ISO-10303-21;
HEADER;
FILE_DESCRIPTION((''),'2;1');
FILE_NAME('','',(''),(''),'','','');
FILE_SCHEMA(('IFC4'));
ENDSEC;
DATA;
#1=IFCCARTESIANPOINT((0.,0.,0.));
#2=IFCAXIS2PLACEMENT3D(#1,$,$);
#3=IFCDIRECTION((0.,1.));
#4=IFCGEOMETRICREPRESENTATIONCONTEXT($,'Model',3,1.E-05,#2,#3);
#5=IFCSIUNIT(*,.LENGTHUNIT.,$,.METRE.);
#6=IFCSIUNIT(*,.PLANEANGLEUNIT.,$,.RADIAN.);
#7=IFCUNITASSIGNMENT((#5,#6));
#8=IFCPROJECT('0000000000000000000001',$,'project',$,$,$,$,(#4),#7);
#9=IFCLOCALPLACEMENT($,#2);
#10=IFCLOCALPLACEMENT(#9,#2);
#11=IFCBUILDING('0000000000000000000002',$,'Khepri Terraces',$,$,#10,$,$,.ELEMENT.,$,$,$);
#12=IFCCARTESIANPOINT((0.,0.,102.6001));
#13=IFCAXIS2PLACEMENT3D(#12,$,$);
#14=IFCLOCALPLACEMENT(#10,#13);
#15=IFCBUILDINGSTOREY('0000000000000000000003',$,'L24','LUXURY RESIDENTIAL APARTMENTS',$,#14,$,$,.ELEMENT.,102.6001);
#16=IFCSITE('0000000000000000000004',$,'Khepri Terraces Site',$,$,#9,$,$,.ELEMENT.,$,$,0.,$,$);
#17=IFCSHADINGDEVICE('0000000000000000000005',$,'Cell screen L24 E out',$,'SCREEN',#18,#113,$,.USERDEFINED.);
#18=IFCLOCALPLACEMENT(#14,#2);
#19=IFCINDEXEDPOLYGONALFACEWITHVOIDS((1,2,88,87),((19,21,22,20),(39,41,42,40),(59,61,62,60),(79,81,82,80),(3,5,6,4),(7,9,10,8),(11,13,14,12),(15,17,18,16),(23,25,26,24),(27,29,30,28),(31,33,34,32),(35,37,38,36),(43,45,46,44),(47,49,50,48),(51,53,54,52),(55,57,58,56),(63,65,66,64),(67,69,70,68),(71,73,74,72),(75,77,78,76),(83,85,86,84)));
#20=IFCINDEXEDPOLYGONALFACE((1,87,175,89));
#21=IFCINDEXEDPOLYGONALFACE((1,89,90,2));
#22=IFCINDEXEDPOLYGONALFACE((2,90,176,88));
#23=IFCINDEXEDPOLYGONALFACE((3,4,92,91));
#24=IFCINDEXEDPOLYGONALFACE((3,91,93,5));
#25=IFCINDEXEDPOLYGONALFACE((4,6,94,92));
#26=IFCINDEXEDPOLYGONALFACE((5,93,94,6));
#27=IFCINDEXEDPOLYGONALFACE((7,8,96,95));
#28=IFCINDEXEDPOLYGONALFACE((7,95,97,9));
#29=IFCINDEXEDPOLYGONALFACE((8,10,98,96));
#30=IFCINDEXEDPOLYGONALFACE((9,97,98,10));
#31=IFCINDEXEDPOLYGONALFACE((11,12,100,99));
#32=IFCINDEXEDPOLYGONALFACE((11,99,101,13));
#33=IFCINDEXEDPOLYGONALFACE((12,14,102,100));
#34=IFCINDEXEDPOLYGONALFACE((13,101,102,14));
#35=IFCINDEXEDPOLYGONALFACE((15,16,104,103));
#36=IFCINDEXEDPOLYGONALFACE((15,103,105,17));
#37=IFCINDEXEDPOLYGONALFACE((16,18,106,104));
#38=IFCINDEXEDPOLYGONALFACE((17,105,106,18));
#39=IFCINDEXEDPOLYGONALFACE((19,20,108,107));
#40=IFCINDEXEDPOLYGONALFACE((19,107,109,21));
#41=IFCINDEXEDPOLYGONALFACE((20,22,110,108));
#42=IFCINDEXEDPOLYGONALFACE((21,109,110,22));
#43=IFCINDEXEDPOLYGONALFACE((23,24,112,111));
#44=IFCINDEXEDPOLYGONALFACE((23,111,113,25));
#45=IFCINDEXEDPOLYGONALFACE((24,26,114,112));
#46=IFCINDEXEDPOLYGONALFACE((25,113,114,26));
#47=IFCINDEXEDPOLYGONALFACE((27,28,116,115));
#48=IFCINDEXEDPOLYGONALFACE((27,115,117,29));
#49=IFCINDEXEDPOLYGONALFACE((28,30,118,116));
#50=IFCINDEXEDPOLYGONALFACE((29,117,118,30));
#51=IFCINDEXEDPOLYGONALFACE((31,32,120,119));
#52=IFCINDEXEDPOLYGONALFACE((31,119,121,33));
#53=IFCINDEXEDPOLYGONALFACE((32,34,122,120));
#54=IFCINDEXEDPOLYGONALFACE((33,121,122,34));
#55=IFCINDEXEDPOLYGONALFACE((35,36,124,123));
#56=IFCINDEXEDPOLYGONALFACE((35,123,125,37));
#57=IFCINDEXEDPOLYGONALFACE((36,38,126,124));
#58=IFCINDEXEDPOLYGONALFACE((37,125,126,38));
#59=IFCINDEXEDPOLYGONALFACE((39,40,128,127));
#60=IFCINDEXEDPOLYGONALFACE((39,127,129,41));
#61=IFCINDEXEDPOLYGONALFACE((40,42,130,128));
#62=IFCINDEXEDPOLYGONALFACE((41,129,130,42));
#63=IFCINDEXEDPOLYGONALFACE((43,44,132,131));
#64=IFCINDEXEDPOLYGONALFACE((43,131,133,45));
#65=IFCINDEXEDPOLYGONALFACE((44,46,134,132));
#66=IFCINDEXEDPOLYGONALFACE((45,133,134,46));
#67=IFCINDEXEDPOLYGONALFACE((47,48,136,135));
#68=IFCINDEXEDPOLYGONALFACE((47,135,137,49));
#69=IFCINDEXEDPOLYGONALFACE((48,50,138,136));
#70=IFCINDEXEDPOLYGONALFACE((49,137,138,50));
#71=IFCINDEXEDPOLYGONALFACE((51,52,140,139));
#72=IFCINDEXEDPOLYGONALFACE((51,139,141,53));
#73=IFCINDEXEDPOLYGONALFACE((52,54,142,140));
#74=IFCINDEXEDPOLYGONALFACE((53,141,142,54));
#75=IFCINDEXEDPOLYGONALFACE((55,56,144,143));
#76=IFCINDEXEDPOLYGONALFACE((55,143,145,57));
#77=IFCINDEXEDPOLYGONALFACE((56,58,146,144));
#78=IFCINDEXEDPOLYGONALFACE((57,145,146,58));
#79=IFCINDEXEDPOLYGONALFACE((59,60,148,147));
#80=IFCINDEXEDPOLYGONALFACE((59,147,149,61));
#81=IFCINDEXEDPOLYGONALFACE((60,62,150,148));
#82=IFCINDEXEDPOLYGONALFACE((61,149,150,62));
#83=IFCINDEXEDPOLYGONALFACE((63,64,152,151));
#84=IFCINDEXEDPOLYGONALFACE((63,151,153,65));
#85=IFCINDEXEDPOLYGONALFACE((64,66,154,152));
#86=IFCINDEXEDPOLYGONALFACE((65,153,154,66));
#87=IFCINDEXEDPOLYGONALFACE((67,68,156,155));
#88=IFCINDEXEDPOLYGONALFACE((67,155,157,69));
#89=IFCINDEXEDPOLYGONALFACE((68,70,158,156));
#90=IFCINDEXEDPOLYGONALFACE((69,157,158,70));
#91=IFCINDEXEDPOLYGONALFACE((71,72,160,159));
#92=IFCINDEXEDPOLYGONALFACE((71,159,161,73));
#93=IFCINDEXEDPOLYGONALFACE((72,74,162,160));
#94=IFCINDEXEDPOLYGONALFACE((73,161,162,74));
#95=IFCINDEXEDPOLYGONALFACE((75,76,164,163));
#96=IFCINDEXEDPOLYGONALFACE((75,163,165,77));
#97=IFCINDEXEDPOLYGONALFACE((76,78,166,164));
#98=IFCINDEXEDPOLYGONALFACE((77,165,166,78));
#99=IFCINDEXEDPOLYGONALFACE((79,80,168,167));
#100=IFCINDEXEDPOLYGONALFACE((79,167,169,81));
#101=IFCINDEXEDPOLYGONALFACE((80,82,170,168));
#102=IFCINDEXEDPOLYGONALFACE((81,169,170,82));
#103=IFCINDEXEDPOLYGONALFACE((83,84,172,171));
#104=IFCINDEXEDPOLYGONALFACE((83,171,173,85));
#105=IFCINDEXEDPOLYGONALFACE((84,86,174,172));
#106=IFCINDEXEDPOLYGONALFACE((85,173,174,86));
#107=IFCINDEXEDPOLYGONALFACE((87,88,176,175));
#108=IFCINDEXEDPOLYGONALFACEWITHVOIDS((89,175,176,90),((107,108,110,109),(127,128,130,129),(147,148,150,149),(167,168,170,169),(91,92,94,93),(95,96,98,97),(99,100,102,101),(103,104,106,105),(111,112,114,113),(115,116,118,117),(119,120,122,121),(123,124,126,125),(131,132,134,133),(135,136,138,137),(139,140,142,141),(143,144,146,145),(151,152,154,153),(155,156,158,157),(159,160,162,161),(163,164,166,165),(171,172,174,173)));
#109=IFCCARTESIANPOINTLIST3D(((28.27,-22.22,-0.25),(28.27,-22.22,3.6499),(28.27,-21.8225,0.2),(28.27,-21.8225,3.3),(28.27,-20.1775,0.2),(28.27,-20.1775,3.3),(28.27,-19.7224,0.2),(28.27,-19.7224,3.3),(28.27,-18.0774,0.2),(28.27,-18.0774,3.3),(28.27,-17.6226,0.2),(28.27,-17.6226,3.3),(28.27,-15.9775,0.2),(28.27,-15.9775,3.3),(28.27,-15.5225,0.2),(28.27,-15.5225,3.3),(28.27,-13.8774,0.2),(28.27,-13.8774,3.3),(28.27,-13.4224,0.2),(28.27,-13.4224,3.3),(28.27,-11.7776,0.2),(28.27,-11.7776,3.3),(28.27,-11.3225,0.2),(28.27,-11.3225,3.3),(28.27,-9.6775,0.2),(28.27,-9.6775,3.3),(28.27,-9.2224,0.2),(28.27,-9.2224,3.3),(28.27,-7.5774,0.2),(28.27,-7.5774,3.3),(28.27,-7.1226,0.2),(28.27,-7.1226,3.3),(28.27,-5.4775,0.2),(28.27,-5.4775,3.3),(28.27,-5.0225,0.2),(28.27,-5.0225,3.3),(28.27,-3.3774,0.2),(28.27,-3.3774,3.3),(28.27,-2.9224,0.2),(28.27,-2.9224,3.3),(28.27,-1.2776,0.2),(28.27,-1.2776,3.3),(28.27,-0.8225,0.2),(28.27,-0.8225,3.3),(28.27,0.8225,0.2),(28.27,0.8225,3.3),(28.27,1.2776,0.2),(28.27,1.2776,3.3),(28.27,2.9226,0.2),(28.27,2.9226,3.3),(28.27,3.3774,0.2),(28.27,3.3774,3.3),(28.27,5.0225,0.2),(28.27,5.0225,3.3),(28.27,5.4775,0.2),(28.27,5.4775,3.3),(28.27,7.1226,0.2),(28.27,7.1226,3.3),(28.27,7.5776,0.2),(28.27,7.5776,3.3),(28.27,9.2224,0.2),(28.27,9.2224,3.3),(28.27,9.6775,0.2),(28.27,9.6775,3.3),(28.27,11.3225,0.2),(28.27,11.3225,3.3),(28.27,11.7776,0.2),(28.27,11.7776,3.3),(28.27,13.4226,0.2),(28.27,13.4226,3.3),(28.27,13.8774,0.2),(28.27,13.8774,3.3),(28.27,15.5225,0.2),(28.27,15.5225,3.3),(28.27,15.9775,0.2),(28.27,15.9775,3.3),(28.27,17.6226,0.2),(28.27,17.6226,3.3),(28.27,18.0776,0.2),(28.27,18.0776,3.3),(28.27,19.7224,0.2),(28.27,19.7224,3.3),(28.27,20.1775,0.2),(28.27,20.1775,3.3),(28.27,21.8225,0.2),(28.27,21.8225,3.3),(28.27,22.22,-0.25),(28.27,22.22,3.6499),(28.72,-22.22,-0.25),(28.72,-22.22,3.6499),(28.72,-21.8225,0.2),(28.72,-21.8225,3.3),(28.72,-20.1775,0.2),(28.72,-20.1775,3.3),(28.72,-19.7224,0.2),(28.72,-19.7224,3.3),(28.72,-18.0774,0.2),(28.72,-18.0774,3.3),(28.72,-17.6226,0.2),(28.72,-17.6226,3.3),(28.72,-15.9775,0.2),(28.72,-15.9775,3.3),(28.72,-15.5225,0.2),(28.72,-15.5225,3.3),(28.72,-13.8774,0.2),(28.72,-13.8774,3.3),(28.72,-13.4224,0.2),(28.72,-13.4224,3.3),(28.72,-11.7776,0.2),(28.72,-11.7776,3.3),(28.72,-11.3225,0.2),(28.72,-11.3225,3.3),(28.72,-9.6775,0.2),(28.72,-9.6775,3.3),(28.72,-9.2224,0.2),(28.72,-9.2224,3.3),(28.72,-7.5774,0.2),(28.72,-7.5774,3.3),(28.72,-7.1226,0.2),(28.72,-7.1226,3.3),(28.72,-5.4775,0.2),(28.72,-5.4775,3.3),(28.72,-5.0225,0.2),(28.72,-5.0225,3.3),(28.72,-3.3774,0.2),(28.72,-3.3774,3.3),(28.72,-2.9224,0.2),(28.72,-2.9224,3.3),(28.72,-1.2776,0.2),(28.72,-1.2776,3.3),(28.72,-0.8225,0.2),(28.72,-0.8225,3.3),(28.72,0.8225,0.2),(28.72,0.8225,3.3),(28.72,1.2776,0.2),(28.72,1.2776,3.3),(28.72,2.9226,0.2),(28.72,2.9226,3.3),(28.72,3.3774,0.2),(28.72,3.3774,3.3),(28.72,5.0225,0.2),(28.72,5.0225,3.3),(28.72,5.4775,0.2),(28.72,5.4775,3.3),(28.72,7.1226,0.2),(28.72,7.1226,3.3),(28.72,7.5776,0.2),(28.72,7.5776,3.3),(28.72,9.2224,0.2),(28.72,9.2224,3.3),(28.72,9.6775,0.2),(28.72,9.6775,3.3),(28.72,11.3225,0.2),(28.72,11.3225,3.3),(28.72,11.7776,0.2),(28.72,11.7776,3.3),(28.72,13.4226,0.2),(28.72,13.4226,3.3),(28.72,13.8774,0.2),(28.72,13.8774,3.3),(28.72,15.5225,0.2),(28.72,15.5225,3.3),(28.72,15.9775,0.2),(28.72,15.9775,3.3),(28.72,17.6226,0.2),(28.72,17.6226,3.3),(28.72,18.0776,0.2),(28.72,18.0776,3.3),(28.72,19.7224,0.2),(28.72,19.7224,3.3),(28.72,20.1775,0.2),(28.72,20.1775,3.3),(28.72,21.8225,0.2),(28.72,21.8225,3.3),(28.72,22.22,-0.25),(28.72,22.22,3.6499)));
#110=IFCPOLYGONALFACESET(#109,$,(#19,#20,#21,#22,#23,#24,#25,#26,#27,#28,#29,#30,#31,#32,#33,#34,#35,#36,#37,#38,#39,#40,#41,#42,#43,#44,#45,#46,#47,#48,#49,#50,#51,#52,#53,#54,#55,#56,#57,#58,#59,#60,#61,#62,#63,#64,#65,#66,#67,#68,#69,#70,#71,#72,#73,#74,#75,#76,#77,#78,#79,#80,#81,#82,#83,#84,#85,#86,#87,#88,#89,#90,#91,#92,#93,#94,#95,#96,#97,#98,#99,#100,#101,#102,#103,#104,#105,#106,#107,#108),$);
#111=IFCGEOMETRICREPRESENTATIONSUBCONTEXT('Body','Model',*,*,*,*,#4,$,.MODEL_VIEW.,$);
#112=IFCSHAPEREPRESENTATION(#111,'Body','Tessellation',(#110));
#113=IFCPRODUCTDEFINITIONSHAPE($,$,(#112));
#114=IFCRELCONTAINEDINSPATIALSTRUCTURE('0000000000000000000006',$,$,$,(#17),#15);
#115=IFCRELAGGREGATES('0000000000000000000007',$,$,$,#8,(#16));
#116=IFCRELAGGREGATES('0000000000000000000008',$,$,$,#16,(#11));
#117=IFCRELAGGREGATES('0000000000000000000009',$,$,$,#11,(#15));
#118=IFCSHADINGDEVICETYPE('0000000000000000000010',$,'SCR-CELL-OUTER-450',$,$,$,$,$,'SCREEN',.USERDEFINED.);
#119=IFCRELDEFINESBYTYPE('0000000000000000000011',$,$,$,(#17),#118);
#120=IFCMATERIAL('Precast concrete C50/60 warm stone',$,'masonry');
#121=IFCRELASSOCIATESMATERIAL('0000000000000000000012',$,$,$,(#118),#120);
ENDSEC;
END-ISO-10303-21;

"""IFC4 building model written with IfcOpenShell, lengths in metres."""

from ifc_helpers import new_model, si_unit, direction, frame, origin, place, context, subcontext, project, spatial, polyline, outline, extrude, material, type_object, element, save


model = new_model("IFC4")

# Units and contexts
model_context = context("Model", 3, precision=1e-05, world=origin(), true_north=direction((0.0, 1.0)))
body_context = subcontext(model_context, "Body", "Model", "MODEL_VIEW")
ifc_project = project(units=[si_unit("LENGTHUNIT", "METRE"), si_unit("PLANEANGLEUNIT", "RADIAN")], contexts=[model_context])

# Site, building, storey
site_placement = place(None, origin())
site = spatial("IfcSite", under=ifc_project, at=site_placement, Name="Khepri Terraces Site", CompositionType="ELEMENT", RefElevation=0.0)
building_placement = place(site_placement, origin())
building = spatial("IfcBuilding", under=site, at=building_placement, Name="Khepri Terraces", CompositionType="ELEMENT")
storey_placement = place(building_placement, frame((0.0, 0.0, 102.6001)))
storey = spatial("IfcBuildingStorey", under=building, at=storey_placement, Name="L24", Description="LUXURY RESIDENTIAL APARTMENTS", CompositionType="ELEMENT", Elevation=102.6001)

# Shared definitions
ifc_material_1 = material(Name="Precast concrete C50/60 warm stone", Category="masonry")

# Shading device
shading_device_type_1 = type_object("IfcShadingDeviceType", Name="SCR-CELL-OUTER-450", ElementType="SCREEN", PredefinedType="USERDEFINED", material=ifc_material_1)
shading_device_1_placement = place(storey_placement, frame((28.27, -22.22, -0.25), z_axis=(1.0, 0.0, 0.0), x_axis=(0.0, 1.0, 0.0)))
element("IfcShadingDevice", 1, at=shading_device_1_placement, inside=storey, type_object=shading_device_type_1, Name="Cell screen L24 E out", ObjectType="SCREEN", PredefinedType="USERDEFINED", context=body_context, shape_type="SweptSolid", body=[
    extrude(outline(polyline([(0.0, 0.0), (44.4399, 0.0), (44.4399, 3.8999), (0.0, 3.8999), (0.0, 0.0)]), holes=[polyline([(0.3975, 0.45), (2.0425, 0.45), (2.0425, 3.55), (0.3975, 3.55), (0.3975, 0.45)]), polyline([(2.4976, 0.45), (4.1426, 0.45), (4.1426, 3.55), (2.4976, 3.55), (2.4976, 0.45)]), polyline([(4.5974, 0.45), (6.2424, 0.45), (6.2424, 3.55), (4.5974, 3.55), (4.5974, 0.45)]), polyline([(6.6975, 0.45), (8.3425, 0.45), (8.3425, 3.55), (6.6975, 3.55), (6.6975, 0.45)]), polyline([(8.7976, 0.45), (10.4424, 0.45), (10.4424, 3.55), (8.7976, 3.55), (8.7976, 0.45)]), polyline([(10.8975, 0.45), (12.5425, 0.45), (12.5425, 3.55), (10.8975, 3.55), (10.8975, 0.45)]), polyline([(12.9976, 0.45), (14.6426, 0.45), (14.6426, 3.55), (12.9976, 3.55), (12.9976, 0.45)]), polyline([(15.0974, 0.45), (16.7424, 0.45), (16.7424, 3.55), (15.0974, 3.55), (15.0974, 0.45)]), polyline([(17.1975, 0.45), (18.8425, 0.45), (18.8425, 3.55), (17.1975, 3.55), (17.1975, 0.45)]), polyline([(19.2976, 0.45), (20.9424, 0.45), (20.9424, 3.55), (19.2976, 3.55), (19.2976, 0.45)]), polyline([(21.3975, 0.45), (23.0425, 0.45), (23.0425, 3.55), (21.3975, 3.55), (21.3975, 0.45)]), polyline([(23.4976, 0.45), (25.1426, 0.45), (25.1426, 3.55), (23.4976, 3.55), (23.4976, 0.45)]), polyline([(25.5974, 0.45), (27.2424, 0.45), (27.2424, 3.55), (25.5974, 3.55), (25.5974, 0.45)]), polyline([(27.6975, 0.45), (29.3425, 0.45), (29.3425, 3.55), (27.6975, 3.55), (27.6975, 0.45)]), polyline([(29.7976, 0.45), (31.4424, 0.45), (31.4424, 3.55), (29.7976, 3.55), (29.7976, 0.45)]), polyline([(31.8975, 0.45), (33.5425, 0.45), (33.5425, 3.55), (31.8975, 3.55), (31.8975, 0.45)]), polyline([(33.9976, 0.45), (35.6426, 0.45), (35.6426, 3.55), (33.9976, 3.55), (33.9976, 0.45)]), polyline([(36.0974, 0.45), (37.7424, 0.45), (37.7424, 3.55), (36.0974, 3.55), (36.0974, 0.45)]), polyline([(38.1975, 0.45), (39.8425, 0.45), (39.8425, 3.55), (38.1975, 3.55), (38.1975, 0.45)]), polyline([(40.2976, 0.45), (41.9424, 0.45), (41.9424, 3.55), (40.2976, 3.55), (40.2976, 0.45)]), polyline([(42.3975, 0.45), (44.0425, 0.45), (44.0425, 3.55), (42.3975, 3.55), (42.3975, 0.45)])]), origin(), (0.0, 0.0, 1.0), 0.45),
])

save(model, "model.ifc")
